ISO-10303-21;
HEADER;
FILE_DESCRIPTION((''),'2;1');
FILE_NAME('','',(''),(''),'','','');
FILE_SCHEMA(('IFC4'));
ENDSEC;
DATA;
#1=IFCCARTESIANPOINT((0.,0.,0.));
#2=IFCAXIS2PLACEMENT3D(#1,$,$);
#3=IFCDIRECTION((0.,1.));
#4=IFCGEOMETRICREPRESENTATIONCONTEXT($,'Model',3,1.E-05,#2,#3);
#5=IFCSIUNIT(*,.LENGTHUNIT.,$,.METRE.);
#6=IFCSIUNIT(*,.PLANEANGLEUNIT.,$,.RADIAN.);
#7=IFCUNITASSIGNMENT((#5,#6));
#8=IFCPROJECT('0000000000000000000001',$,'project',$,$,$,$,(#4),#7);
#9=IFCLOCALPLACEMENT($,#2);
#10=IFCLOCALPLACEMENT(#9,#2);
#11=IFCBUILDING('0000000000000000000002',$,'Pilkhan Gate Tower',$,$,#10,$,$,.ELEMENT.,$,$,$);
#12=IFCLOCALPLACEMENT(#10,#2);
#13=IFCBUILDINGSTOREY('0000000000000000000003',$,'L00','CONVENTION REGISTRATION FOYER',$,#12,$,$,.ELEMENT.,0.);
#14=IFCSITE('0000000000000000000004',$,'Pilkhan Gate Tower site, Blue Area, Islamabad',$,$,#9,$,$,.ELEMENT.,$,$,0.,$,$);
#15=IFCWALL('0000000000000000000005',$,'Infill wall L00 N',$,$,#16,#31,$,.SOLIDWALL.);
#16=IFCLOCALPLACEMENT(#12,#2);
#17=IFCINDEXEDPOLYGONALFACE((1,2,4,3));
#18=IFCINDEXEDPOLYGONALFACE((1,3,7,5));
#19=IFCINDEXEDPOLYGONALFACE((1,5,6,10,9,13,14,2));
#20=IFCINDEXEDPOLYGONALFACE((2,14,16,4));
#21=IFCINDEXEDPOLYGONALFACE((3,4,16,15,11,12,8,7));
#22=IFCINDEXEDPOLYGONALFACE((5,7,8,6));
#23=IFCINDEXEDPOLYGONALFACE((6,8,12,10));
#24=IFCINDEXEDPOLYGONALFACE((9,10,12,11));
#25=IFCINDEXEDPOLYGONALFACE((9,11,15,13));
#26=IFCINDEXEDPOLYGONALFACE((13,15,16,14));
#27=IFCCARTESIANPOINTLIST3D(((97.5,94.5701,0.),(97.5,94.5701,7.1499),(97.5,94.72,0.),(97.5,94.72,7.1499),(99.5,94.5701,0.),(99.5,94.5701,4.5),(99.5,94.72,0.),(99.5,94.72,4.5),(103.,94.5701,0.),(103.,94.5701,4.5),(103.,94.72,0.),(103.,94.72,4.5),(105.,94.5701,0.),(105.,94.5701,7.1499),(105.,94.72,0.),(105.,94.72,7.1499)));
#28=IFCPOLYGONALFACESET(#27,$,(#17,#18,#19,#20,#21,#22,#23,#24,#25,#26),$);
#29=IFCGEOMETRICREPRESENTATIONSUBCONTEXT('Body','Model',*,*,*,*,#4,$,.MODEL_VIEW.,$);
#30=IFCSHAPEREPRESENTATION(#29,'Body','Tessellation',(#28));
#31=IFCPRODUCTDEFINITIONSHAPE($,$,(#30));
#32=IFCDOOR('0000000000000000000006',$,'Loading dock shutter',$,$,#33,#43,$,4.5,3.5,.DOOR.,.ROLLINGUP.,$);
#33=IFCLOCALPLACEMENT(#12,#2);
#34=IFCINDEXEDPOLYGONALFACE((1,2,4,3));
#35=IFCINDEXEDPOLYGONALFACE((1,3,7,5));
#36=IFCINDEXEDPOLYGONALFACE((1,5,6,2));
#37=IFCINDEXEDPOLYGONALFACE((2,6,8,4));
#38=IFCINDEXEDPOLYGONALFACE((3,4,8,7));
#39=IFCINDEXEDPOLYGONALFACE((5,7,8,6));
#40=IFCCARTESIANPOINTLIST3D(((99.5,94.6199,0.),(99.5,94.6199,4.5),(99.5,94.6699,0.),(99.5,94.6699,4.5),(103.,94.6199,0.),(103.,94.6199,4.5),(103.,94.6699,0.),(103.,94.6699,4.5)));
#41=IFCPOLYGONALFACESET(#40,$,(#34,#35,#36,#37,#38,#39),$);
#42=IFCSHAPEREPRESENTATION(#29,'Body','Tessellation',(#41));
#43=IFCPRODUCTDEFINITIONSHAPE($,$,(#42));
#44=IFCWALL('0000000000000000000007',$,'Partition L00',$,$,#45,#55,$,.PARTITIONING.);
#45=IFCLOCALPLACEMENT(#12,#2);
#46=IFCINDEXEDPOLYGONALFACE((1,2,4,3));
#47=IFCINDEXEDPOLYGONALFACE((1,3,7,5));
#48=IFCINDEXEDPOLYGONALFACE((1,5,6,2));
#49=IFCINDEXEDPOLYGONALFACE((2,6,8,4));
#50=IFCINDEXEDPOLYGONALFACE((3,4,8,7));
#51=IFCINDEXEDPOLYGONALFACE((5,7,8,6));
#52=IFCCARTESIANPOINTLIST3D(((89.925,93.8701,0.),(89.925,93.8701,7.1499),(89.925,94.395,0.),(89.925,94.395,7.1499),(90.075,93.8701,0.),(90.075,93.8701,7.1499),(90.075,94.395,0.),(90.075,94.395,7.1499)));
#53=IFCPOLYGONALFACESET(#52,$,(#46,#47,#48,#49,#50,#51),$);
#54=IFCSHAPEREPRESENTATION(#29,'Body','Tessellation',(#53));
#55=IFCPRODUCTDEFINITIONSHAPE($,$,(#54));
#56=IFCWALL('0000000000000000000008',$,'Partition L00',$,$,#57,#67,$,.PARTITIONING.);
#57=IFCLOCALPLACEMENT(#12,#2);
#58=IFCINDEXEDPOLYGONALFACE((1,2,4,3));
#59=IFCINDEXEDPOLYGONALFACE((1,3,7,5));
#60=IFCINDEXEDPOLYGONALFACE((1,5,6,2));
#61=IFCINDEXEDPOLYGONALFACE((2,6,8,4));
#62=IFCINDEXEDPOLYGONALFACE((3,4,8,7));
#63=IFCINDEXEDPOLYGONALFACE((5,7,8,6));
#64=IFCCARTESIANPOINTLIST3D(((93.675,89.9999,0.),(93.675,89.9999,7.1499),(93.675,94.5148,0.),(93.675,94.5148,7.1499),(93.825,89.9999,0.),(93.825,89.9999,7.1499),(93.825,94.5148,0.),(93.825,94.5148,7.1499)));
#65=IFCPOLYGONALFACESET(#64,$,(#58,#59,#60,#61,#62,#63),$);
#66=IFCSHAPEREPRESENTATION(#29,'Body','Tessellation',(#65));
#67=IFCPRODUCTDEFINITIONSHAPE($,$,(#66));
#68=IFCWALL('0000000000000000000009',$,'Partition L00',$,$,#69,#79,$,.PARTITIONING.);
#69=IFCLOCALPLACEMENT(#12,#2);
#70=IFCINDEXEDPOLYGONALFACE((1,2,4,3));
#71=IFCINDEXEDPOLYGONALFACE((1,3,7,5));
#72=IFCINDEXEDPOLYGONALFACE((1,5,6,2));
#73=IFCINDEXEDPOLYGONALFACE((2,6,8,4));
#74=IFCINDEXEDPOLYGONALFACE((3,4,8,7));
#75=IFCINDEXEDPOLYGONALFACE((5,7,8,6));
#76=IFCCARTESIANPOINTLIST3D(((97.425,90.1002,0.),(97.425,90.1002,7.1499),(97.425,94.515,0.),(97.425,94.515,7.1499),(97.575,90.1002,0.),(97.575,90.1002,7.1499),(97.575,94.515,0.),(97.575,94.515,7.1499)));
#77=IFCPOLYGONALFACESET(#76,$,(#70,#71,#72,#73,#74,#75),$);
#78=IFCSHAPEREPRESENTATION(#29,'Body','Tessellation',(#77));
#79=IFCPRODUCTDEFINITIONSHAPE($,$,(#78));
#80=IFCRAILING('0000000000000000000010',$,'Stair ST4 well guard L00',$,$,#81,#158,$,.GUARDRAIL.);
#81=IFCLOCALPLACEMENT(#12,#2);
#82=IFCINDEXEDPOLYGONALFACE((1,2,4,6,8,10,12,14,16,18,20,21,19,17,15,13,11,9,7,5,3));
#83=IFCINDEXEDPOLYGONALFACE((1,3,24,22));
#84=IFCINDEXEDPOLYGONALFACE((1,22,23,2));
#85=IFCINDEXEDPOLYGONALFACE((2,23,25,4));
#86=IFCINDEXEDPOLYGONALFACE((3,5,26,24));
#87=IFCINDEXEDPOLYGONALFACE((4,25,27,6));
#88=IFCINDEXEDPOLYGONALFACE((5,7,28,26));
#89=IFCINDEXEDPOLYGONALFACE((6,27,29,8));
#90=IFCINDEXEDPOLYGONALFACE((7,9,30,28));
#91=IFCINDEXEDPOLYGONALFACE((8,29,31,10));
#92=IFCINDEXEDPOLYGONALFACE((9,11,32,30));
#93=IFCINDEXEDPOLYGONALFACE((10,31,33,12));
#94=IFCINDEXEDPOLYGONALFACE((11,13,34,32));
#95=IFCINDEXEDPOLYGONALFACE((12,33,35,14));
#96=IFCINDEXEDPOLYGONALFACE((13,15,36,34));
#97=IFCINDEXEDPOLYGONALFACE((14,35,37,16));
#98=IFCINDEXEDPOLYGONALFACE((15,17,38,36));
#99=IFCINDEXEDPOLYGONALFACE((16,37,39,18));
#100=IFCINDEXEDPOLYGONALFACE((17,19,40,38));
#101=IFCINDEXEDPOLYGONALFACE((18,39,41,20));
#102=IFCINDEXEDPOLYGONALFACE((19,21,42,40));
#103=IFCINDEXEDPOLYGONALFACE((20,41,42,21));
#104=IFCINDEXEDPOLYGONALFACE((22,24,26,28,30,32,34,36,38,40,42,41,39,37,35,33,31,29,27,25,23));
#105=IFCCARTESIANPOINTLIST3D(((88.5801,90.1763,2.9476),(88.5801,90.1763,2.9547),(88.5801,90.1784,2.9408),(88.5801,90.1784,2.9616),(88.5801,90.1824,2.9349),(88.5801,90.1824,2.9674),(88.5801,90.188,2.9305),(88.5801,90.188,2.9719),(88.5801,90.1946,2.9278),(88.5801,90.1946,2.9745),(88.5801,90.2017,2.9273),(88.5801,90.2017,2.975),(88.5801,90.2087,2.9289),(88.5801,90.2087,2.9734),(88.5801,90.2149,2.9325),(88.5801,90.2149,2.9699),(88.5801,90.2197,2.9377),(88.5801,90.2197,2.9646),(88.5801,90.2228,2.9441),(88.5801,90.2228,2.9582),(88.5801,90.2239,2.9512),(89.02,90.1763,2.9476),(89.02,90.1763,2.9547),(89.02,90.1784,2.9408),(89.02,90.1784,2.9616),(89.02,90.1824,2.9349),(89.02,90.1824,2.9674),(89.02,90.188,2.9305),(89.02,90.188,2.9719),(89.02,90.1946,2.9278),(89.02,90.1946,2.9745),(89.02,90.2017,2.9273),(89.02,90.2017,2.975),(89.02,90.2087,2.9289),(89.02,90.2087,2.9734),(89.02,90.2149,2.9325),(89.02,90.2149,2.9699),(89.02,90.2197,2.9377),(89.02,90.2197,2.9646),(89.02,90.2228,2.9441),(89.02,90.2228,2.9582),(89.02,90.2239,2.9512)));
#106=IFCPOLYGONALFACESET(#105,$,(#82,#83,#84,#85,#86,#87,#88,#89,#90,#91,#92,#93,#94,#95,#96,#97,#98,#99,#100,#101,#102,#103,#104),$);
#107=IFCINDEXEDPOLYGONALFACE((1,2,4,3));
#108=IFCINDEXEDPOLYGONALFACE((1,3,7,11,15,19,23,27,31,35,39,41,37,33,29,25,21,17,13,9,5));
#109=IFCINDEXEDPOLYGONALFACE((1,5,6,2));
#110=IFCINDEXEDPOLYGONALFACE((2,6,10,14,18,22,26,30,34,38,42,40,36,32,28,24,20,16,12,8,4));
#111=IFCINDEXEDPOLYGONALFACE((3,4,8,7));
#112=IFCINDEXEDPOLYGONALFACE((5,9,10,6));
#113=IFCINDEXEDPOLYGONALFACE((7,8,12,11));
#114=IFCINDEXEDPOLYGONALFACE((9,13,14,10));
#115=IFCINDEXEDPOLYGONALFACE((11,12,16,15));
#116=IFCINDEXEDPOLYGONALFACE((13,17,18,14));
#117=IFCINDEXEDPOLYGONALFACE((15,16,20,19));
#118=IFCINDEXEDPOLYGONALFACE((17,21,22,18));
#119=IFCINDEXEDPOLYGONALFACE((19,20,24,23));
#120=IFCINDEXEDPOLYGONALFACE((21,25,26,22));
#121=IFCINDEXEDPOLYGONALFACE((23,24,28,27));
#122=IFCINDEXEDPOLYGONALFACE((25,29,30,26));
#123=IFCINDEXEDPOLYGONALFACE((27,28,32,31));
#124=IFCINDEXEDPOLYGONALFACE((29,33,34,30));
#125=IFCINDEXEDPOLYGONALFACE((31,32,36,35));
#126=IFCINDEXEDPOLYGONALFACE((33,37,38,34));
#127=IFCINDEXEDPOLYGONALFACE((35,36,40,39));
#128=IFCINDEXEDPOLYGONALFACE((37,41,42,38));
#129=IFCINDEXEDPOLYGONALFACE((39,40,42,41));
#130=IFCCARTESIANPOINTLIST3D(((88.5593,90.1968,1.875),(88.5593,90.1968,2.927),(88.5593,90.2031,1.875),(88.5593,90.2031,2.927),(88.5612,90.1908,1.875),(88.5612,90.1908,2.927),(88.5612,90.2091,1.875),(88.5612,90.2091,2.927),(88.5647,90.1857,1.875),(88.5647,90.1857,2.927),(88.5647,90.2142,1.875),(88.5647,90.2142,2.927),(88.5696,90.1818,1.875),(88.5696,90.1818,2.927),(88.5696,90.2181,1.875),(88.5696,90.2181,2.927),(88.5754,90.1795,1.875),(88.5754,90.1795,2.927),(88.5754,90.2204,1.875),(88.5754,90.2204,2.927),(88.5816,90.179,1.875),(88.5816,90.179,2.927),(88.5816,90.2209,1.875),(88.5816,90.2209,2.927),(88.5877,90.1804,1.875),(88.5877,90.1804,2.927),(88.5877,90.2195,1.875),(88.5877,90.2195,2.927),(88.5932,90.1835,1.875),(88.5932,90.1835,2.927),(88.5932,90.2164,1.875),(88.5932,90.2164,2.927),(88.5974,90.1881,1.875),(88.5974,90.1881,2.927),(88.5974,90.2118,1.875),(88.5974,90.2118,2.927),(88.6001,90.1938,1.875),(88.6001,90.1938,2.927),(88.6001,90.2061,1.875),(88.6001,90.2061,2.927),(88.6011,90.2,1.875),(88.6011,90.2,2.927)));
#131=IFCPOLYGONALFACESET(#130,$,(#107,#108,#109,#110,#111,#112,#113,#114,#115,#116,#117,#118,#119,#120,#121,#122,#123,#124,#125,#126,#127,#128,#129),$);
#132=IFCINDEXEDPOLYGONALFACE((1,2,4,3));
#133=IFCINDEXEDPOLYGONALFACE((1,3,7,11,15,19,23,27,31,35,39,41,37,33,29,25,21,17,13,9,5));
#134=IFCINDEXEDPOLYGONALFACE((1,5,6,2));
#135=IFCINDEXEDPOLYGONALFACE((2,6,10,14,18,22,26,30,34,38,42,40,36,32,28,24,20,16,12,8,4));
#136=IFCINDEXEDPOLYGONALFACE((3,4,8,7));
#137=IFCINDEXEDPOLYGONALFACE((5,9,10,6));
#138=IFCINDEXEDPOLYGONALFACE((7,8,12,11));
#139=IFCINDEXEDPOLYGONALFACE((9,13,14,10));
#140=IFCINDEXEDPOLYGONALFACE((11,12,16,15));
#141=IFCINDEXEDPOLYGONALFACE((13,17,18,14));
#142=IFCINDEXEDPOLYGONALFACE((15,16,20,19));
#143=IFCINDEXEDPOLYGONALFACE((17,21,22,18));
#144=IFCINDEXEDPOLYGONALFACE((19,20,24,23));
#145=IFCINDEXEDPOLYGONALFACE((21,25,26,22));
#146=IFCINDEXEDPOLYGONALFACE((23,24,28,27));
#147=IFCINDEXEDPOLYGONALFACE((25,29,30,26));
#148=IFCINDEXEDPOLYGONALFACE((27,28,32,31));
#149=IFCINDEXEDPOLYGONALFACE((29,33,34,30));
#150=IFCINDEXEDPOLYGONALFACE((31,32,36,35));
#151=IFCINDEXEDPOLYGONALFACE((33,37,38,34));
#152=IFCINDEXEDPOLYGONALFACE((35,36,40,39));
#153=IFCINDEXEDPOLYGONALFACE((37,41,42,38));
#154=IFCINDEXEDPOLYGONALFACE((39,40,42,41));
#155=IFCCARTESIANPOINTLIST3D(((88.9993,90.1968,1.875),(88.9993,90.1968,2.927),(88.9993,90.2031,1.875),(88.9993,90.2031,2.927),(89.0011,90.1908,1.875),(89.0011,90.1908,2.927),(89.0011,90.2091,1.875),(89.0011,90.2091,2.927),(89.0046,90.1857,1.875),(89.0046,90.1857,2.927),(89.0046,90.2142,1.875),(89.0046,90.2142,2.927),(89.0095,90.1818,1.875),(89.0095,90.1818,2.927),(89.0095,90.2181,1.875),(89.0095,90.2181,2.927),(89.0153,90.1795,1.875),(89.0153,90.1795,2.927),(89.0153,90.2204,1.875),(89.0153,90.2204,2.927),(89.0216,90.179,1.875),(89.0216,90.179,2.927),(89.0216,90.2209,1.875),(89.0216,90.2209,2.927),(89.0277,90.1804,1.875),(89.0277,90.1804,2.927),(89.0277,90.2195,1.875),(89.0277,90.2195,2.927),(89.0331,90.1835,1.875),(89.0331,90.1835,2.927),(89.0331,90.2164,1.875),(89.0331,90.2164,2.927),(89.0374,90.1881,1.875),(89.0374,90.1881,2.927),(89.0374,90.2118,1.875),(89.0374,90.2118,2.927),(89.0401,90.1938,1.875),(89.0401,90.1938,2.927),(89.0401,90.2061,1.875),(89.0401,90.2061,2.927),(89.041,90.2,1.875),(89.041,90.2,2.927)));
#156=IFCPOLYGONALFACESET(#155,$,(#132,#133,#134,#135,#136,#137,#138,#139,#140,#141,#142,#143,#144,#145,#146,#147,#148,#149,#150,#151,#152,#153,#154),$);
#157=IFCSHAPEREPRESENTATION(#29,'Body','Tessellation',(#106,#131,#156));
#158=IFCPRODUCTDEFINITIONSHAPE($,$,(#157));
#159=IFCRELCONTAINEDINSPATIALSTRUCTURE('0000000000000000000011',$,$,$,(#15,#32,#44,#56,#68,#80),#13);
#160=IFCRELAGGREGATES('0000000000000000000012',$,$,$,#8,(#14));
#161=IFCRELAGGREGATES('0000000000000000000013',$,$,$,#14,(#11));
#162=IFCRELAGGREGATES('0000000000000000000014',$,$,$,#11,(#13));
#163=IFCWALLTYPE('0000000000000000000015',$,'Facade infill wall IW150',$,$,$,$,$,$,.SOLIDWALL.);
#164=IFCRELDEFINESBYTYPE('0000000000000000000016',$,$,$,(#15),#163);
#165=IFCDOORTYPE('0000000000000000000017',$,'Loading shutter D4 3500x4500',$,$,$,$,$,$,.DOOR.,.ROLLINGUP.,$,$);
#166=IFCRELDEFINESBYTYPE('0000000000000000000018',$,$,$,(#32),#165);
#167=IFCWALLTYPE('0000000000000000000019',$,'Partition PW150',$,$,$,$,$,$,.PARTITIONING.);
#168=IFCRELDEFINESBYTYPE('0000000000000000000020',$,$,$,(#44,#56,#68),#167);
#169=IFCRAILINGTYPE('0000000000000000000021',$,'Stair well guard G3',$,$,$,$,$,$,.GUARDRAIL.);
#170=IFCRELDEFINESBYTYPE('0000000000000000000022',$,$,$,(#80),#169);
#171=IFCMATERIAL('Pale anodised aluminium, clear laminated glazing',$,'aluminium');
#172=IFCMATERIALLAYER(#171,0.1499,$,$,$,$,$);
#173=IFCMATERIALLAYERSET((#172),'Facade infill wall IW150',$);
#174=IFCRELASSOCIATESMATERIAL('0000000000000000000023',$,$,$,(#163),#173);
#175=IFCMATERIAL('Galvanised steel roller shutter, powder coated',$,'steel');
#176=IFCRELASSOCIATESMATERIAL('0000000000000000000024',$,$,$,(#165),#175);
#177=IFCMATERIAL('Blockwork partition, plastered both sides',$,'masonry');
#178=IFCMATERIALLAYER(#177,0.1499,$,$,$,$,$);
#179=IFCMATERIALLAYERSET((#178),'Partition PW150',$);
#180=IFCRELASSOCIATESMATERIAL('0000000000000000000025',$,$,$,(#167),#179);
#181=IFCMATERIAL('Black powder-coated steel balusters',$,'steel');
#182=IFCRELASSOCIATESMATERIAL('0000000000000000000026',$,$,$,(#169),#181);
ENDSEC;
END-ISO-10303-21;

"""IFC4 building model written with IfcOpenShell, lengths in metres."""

from ifc_helpers import new_model, si_unit, direction, frame, frame_2d, origin, origin_2d, place, context, subcontext, project, spatial, rectangle, circle, extrude, material, layer, layer_set, type_object, element, fill, save


model = new_model("IFC4")

# Units and contexts
model_context = context("Model", 3, precision=1e-05, world=origin(), true_north=direction((0.0, 1.0)))
body_context = subcontext(model_context, "Body", "Model", "MODEL_VIEW")
ifc_project = project(units=[si_unit("LENGTHUNIT", "METRE"), si_unit("PLANEANGLEUNIT", "RADIAN")], contexts=[model_context])

# Site, building, storey
site_placement = place(None, origin())
site = spatial("IfcSite", under=ifc_project, at=site_placement, Name="Pilkhan Gate Tower site, Blue Area, Islamabad", CompositionType="ELEMENT", RefElevation=0.0)
building_placement = place(site_placement, origin())
building = spatial("IfcBuilding", under=site, at=building_placement, Name="Pilkhan Gate Tower", CompositionType="ELEMENT")
storey_placement = place(building_placement, origin())
storey = spatial("IfcBuildingStorey", under=building, at=storey_placement, Name="L00", Description="CONVENTION REGISTRATION FOYER", CompositionType="ELEMENT", Elevation=0.0)

# Shared definitions
ifc_material_1 = material(Name="Pale anodised aluminium, clear laminated glazing", Category="aluminium")
ifc_layer_1 = layer(ifc_material_1, 0.1499)
ifc_layer_set_1 = layer_set([ifc_layer_1], Name="Facade infill wall IW150")
wall_type_1 = type_object("IfcWallType", Name="Facade infill wall IW150", PredefinedType="SOLIDWALL", material=ifc_layer_set_1)

# Wall, opening, door
wall_1_placement = place(storey_placement, frame((97.5, 94.645, 0.0), z_axis=(0.0, 0.0, 1.0), x_axis=(1.0, 0.0, 0.0)))
wall_1 = element("IfcWall", 1, at=wall_1_placement, inside=storey, type_object=wall_type_1, Name="Infill wall L00 N", PredefinedType="SOLIDWALL", context=body_context, shape_type="SweptSolid", body=[
    extrude(rectangle(XDim=7.5, YDim=0.1499, at=frame_2d((3.75, 0.0))), origin(), (0.0, 0.0, 1.0), 7.1499),
])
opening_1_placement = place(wall_1_placement, frame((2.0, 0.0, 0.0)))
opening_1 = element("IfcOpeningElement", 2, at=opening_1_placement, cuts=wall_1, PredefinedType="OPENING", context=body_context, shape_type="SweptSolid", body=[
    extrude(rectangle(XDim=3.5, YDim=4.5, at=frame_2d((1.75, 2.25))), frame((0.0, 0.085, 0.0), z_axis=(0.0, -1.0, 0.0), x_axis=(1.0, 0.0, 0.0)), (0.0, 0.0, 1.0), 0.1699),
])
ifc_material_2 = material(Name="Galvanised steel roller shutter, powder coated", Category="steel")
door_type_1 = type_object("IfcDoorType", Name="Loading shutter D4 3500x4500", OperationType="ROLLINGUP", PredefinedType="DOOR", material=ifc_material_2)
door_1_placement = place(opening_1_placement, origin())
door_1 = element("IfcDoor", 3, at=door_1_placement, inside=storey, type_object=door_type_1, Name="Loading dock shutter", OperationType="ROLLINGUP", OverallHeight=4.5, OverallWidth=3.5, PredefinedType="DOOR", context=body_context, shape_type="SweptSolid", body=[
    extrude(rectangle(XDim=3.5, YDim=4.5, at=frame_2d((1.75, 2.25))), frame((0.0, 0.0249, 0.0), z_axis=(0.0, -1.0, 0.0), x_axis=(1.0, 0.0, 0.0)), (0.0, 0.0, 1.0), 0.05),
])
fill(opening_1, door_1)

# Walls
ifc_material_3 = material(Name="Blockwork partition, plastered both sides", Category="masonry")
ifc_layer_2 = layer(ifc_material_3, 0.1499)
ifc_layer_set_2 = layer_set([ifc_layer_2], Name="Partition PW150")
wall_type_2 = type_object("IfcWallType", Name="Partition PW150", PredefinedType="PARTITIONING", material=ifc_layer_set_2)
wall_2_placement = place(storey_placement, frame((90.0, 93.8701, 0.0), z_axis=(0.0, 0.0, 1.0), x_axis=(0.0, 1.0, 0.0)))
element("IfcWall", 4, at=wall_2_placement, inside=storey, type_object=wall_type_2, Name="Partition L00", PredefinedType="PARTITIONING", context=body_context, shape_type="SweptSolid", body=[
    extrude(rectangle(XDim=0.5249, YDim=0.1499, at=frame_2d((0.2625, 0.0))), origin(), (0.0, 0.0, 1.0), 7.1499),
])
wall_3_placement = place(storey_placement, frame((93.75, 90.0, 0.0), z_axis=(0.0, 0.0, 1.0), x_axis=(0.0, 1.0, 0.0)))
element("IfcWall", 5, at=wall_3_placement, inside=storey, type_object=wall_type_2, Name="Partition L00", PredefinedType="PARTITIONING", context=body_context, shape_type="SweptSolid", body=[
    extrude(rectangle(XDim=4.5149, YDim=0.1499, at=frame_2d((2.2573, 0.0))), origin(), (0.0, 0.0, 1.0), 7.1499),
])
wall_4_placement = place(storey_placement, frame((97.5, 90.1001, 0.0), z_axis=(0.0, 0.0, 1.0), x_axis=(0.0, 1.0, 0.0)))
element("IfcWall", 6, at=wall_4_placement, inside=storey, type_object=wall_type_2, Name="Partition L00", PredefinedType="PARTITIONING", context=body_context, shape_type="SweptSolid", body=[
    extrude(rectangle(XDim=4.4148, YDim=0.1499, at=frame_2d((2.2075, 0.0))), origin(), (0.0, 0.0, 1.0), 7.1499),
])

# Railing
ifc_material_4 = material(Name="Black powder-coated steel balusters", Category="steel")
railing_type = type_object("IfcRailingType", Name="Stair well guard G3", PredefinedType="GUARDRAIL", material=ifc_material_4)
for number, where, name in (
    (7, (88.5801, 90.2, 1.875), "Stair ST4 well guard L00"),
):
    element("IfcRailing", number, at=place(storey_placement, frame(where)), inside=storey, type_object=railing_type, Name=name, PredefinedType="GUARDRAIL", context=body_context, shape_type="SweptSolid", body=[
        extrude(circle(Radius=0.0239, at=origin_2d()), frame((0.0, 0.0, 1.0762), z_axis=(1.0, 0.0, 0.0), x_axis=(0.0, 1.0, 0.0)), (0.0, 0.0, 1.0), 0.4399),
        extrude(circle(Radius=0.021, at=origin_2d()), origin(), (0.0, 0.0, 1.0), 1.052),
        extrude(circle(Radius=0.021, at=origin_2d()), frame((0.4399, 0.0, 0.0)), (0.0, 0.0, 1.0), 1.052),
    ])

save(model, "model.ifc")
